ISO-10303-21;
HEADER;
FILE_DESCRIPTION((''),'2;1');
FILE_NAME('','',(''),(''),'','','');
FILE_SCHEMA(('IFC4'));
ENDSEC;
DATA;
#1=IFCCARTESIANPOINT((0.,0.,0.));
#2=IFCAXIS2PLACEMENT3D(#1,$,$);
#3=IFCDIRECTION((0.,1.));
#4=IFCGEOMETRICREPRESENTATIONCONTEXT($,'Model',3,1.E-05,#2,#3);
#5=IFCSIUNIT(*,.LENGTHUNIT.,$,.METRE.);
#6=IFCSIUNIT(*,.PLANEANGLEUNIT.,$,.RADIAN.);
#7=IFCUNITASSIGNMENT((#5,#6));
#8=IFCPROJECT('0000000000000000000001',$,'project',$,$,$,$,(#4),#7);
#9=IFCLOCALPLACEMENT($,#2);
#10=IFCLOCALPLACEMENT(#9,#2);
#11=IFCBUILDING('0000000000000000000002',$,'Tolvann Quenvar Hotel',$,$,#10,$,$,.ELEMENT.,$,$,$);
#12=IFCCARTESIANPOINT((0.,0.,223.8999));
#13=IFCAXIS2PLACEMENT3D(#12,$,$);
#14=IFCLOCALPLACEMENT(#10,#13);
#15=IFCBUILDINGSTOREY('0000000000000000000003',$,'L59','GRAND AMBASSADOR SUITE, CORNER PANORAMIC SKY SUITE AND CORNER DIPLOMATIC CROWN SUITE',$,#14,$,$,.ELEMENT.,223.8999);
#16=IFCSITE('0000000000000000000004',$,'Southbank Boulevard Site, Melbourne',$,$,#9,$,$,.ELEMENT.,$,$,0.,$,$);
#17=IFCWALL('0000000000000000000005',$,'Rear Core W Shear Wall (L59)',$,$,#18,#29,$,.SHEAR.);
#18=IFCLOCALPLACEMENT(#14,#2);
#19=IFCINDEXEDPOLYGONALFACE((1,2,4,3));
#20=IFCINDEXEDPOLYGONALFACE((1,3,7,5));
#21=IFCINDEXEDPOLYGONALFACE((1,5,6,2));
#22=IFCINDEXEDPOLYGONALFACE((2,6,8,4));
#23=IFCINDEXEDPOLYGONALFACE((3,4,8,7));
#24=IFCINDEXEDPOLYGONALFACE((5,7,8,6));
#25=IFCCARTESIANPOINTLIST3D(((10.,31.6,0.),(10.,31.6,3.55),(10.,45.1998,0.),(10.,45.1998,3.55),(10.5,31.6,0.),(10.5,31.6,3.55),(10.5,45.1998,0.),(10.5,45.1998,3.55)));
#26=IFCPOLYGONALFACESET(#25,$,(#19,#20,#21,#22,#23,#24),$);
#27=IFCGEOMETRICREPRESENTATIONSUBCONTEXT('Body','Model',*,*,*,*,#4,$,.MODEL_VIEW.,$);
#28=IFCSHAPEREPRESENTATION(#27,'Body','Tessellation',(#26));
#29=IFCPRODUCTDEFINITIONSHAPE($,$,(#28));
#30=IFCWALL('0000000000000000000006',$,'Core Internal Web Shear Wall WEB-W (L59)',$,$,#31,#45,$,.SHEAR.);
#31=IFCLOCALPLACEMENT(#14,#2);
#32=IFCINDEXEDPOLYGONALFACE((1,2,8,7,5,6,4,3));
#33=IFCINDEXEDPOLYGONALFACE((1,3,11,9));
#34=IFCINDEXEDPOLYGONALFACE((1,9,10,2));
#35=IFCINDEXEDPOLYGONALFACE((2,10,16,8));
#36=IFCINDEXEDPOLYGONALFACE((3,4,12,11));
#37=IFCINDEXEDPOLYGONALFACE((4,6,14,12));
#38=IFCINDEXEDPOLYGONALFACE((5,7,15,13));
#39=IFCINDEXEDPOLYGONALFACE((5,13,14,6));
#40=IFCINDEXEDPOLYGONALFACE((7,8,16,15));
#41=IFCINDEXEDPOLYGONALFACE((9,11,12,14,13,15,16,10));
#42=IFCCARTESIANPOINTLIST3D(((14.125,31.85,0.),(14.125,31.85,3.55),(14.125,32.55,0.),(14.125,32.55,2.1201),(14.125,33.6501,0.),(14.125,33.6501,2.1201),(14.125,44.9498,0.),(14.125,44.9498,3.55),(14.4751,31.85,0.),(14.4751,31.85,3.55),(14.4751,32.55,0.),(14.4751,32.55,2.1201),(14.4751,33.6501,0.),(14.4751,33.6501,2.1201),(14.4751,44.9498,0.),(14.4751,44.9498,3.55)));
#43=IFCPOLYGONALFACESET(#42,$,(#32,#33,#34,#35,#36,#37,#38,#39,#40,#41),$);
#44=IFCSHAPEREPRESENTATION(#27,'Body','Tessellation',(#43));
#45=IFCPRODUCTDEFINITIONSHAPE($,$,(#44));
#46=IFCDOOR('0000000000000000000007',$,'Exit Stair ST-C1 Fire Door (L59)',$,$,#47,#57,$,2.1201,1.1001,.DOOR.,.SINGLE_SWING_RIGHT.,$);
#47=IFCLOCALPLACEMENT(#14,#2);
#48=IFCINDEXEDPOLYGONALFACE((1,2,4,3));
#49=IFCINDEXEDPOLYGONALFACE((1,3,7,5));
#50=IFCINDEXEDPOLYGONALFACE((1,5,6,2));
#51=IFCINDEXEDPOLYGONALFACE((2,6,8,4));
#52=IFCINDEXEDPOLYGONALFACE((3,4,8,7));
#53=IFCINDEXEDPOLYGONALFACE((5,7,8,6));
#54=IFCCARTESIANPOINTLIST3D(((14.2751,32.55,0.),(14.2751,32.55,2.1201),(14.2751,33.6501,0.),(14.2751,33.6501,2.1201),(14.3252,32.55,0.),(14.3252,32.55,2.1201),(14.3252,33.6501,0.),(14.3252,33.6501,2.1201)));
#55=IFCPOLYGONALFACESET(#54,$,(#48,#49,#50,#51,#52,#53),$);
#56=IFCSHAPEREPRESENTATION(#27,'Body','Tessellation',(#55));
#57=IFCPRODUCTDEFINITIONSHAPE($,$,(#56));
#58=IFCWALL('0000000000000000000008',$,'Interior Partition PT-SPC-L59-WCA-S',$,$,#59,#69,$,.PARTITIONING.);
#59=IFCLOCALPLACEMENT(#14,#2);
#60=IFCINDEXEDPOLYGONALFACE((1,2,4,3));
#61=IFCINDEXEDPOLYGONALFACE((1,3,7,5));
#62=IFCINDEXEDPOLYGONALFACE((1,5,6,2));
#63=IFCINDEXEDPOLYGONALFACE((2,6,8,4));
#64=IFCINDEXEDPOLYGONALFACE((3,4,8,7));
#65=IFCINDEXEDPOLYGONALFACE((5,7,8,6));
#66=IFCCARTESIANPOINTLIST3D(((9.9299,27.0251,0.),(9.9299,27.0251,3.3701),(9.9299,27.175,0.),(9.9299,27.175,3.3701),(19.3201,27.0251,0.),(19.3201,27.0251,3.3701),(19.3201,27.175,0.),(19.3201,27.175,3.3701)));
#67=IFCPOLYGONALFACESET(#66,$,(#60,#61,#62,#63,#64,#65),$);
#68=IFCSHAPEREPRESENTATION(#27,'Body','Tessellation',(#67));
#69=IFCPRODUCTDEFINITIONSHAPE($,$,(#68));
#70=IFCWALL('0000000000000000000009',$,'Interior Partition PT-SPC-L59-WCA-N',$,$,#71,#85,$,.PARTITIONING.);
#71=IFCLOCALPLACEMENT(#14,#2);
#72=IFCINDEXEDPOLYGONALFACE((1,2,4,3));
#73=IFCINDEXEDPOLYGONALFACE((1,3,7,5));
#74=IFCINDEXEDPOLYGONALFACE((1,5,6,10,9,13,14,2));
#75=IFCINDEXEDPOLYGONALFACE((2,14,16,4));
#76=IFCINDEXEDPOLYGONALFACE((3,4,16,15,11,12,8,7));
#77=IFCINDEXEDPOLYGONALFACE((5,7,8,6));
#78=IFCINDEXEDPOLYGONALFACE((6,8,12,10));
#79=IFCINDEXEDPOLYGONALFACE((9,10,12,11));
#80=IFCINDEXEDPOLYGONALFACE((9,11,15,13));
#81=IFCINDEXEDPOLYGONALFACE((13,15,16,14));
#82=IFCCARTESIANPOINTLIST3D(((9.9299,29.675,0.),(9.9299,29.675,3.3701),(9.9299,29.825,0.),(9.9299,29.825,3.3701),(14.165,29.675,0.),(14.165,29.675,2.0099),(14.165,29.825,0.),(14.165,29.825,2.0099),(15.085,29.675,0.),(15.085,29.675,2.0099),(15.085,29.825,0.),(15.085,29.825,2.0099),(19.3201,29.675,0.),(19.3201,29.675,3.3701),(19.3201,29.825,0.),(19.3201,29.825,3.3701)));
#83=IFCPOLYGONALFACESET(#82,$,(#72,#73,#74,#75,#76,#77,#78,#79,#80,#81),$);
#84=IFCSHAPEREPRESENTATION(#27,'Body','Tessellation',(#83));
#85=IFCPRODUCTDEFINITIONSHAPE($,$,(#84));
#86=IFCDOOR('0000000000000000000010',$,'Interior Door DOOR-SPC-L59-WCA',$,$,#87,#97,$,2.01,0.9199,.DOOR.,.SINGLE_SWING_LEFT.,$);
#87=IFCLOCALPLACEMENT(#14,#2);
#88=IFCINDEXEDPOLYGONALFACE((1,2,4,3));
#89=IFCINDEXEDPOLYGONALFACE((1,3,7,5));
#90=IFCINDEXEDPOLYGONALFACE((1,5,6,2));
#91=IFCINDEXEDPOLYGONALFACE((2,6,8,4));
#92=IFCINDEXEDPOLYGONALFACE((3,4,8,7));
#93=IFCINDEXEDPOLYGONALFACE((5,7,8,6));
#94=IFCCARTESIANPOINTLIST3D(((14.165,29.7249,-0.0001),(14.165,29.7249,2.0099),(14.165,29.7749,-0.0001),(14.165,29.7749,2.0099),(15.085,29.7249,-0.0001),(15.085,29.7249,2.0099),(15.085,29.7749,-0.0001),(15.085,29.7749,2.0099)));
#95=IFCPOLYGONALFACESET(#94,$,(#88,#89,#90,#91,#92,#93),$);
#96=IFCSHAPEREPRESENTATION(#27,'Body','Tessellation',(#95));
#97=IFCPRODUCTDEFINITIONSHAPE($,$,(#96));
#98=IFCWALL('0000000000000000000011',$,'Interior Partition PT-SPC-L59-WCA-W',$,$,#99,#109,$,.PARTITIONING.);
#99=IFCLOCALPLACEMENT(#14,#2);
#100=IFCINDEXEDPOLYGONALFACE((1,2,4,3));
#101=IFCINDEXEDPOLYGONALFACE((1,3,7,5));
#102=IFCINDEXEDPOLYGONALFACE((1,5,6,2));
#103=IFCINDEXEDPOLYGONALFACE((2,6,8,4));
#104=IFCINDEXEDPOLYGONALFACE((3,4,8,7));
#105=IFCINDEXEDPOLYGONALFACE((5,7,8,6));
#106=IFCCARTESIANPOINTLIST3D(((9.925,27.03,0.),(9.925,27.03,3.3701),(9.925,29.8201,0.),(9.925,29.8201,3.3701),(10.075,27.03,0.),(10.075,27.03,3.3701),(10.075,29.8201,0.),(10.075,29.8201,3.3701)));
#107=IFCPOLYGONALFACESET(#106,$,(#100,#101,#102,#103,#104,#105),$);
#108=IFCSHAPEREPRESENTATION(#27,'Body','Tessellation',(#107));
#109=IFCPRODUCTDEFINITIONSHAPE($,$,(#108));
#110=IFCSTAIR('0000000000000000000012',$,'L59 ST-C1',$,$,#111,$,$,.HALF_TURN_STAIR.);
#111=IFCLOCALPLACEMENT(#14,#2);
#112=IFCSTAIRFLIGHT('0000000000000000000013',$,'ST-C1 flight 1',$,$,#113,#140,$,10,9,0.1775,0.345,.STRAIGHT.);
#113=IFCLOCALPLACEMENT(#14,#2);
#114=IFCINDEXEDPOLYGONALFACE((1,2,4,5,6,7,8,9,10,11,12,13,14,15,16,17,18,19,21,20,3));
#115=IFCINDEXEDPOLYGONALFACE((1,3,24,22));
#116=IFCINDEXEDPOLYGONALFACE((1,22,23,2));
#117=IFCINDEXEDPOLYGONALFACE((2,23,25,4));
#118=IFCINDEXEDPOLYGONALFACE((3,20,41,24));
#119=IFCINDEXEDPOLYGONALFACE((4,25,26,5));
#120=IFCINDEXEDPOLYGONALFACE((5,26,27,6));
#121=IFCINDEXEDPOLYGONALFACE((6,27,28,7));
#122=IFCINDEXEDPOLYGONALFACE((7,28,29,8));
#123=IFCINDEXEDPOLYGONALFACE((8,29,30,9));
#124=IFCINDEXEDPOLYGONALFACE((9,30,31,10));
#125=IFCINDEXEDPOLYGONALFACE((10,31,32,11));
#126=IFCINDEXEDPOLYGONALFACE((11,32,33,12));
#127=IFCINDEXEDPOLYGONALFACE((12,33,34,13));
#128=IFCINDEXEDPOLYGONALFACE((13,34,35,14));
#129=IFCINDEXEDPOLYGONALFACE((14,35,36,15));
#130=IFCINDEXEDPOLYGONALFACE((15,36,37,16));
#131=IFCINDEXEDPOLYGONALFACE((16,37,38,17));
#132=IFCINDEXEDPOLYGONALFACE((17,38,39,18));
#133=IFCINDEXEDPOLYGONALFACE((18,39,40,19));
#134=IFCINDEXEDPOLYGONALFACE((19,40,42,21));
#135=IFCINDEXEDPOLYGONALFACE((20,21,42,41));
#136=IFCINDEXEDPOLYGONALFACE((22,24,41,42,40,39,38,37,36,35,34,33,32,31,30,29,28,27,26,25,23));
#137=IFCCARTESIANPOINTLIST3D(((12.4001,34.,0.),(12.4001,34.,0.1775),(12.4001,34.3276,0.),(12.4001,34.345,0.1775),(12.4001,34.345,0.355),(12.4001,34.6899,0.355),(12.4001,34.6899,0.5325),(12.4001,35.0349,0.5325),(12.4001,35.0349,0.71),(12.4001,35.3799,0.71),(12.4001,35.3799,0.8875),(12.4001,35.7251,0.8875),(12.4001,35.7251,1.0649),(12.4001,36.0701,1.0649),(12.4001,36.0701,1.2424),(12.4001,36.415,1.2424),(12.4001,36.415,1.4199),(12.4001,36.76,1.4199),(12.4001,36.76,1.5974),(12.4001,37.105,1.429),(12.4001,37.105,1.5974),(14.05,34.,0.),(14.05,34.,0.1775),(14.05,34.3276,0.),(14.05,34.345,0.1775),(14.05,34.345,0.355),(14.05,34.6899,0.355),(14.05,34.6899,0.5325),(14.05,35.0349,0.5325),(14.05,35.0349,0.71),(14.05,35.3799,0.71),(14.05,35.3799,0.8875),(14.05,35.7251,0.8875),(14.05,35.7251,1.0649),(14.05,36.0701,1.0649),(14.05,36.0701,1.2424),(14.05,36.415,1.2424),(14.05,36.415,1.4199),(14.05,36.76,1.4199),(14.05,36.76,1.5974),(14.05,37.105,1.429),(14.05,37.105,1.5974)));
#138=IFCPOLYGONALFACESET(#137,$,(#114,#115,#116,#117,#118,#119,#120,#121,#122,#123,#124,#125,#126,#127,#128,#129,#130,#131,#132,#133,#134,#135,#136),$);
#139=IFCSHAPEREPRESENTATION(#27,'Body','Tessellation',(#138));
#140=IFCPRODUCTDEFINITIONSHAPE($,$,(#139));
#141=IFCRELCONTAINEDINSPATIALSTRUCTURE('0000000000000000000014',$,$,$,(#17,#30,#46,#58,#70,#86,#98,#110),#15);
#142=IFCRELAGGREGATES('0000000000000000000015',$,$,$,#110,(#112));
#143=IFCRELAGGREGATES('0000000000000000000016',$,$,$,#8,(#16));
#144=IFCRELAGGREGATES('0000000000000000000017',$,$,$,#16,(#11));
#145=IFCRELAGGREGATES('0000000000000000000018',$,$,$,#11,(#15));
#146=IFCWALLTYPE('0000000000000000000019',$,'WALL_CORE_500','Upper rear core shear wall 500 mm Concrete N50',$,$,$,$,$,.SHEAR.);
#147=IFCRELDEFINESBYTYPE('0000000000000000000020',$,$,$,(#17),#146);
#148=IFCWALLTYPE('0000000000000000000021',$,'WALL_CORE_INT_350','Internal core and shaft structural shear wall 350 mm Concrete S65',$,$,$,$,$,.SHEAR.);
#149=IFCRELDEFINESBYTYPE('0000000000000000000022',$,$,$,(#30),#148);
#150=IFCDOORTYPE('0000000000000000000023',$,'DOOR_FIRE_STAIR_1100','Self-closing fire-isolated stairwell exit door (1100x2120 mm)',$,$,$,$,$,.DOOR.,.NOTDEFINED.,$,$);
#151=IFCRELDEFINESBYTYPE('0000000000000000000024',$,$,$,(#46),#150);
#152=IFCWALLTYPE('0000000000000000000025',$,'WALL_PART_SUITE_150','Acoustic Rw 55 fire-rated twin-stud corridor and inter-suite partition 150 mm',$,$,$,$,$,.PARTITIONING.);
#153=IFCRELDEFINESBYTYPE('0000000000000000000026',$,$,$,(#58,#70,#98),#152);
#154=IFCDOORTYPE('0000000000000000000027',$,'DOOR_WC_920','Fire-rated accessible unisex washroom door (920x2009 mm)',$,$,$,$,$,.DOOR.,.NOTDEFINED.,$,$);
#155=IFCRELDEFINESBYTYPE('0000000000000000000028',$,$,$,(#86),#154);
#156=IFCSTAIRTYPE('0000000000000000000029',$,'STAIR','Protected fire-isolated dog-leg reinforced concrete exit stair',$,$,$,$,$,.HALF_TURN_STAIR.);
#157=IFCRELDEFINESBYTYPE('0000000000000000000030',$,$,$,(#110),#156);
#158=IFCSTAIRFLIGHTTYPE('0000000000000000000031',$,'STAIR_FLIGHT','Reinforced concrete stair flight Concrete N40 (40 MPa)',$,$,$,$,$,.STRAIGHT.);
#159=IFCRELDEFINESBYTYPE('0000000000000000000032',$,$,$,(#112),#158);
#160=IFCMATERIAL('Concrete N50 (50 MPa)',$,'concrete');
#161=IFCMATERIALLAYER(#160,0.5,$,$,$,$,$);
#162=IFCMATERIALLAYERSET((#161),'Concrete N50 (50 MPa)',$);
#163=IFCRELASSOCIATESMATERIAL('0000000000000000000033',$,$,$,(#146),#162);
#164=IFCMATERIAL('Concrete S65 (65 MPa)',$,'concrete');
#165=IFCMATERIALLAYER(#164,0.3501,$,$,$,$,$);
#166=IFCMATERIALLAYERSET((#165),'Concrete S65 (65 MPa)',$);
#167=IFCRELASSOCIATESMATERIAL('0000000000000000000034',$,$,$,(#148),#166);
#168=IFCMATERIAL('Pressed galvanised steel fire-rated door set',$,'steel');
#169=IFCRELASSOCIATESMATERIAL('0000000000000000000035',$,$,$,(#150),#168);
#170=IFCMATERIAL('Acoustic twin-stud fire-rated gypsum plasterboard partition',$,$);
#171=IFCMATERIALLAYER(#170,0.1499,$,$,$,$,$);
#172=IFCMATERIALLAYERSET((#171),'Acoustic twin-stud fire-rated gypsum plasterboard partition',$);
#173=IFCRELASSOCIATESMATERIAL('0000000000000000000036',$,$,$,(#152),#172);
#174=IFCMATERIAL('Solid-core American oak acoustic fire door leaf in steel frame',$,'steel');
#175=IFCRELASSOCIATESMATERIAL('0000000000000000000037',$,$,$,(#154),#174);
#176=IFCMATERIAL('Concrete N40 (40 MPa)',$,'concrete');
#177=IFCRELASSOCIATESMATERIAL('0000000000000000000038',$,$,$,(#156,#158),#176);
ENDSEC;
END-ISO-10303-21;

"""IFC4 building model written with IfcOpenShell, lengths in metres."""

from ifc_helpers import new_model, si_unit, direction, frame, frame_2d, origin, place, context, subcontext, project, spatial, polyline, rectangle, outline, extrude, source, transform, mapped, material, layer, layer_set, type_object, type_shapes, element, fill, aggregate, save


model = new_model("IFC4")

# Units and contexts
model_context = context("Model", 3, precision=1e-05, world=origin(), true_north=direction((0.0, 1.0)))
body_context = subcontext(model_context, "Body", "Model", "MODEL_VIEW")
ifc_project = project(units=[si_unit("LENGTHUNIT", "METRE"), si_unit("PLANEANGLEUNIT", "RADIAN")], contexts=[model_context])

# Site, building, storey
site_placement = place(None, origin())
site = spatial("IfcSite", under=ifc_project, at=site_placement, Name="Southbank Boulevard Site, Melbourne", CompositionType="ELEMENT", RefElevation=0.0)
building_placement = place(site_placement, origin())
building = spatial("IfcBuilding", under=site, at=building_placement, Name="Tolvann Quenvar Hotel", CompositionType="ELEMENT")
storey_placement = place(building_placement, frame((0.0, 0.0, 223.8999)))
storey = spatial("IfcBuildingStorey", under=building, at=storey_placement, Name="L59", Description="GRAND AMBASSADOR SUITE, CORNER PANORAMIC SKY SUITE AND CORNER DIPLOMATIC CROWN SUITE", CompositionType="ELEMENT", Elevation=223.8999)

# Shared definitions
ifc_material_1 = material(Name="Concrete N50 (50 MPa)", Category="concrete")

# Shared definitions
ifc_layer_1 = layer(ifc_material_1, 0.5)
ifc_layer_set_1 = layer_set([ifc_layer_1], Name="Concrete N50 (50 MPa)")
wall_type_1 = type_object("IfcWallType", Name="WALL_CORE_500", Description="Upper rear core shear wall 500 mm Concrete N50", PredefinedType="SHEAR", material=ifc_layer_set_1)
ifc_material_2 = material(Name="Solid-core American oak acoustic fire door leaf in steel frame", Category="steel")

# Wall
wall_1_placement = place(storey_placement, frame((10.25, 31.6001, 0.0), z_axis=(0.0, 0.0, 1.0), x_axis=(0.0, 1.0, 0.0)))
element("IfcWall", 1, at=wall_1_placement, inside=storey, type_object=wall_type_1, Name="Rear Core W Shear Wall (L59)", PredefinedType="SHEAR", context=body_context, shape_type="SweptSolid", body=[
    extrude(rectangle(XDim=13.5999, YDim=0.5, at=frame_2d((6.7998, 0.0))), origin(), (0.0, 0.0, 1.0), 3.55),
])

# Wall, opening, door
ifc_material_3 = material(Name="Concrete S65 (65 MPa)", Category="concrete")
ifc_layer_2 = layer(ifc_material_3, 0.3501)
ifc_layer_set_2 = layer_set([ifc_layer_2], Name="Concrete S65 (65 MPa)")
wall_type_2 = type_object("IfcWallType", Name="WALL_CORE_INT_350", Description="Internal core and shaft structural shear wall 350 mm Concrete S65", PredefinedType="SHEAR", material=ifc_layer_set_2)
wall_2_placement = place(storey_placement, frame((14.3, 31.8501, 0.0), z_axis=(0.0, 0.0, 1.0), x_axis=(0.0, 1.0, 0.0)))
wall_2 = element("IfcWall", 2, at=wall_2_placement, inside=storey, type_object=wall_type_2, Name="Core Internal Web Shear Wall WEB-W (L59)", PredefinedType="SHEAR", context=body_context, shape_type="SweptSolid", body=[
    extrude(rectangle(XDim=13.0999, YDim=0.3501, at=frame_2d((6.5498, 0.0))), origin(), (0.0, 0.0, 1.0), 3.55),
])
opening_1_placement = place(wall_2_placement, frame((0.7, 0.0, 0.0)))
opening_1 = element("IfcOpeningElement", 3, at=opening_1_placement, cuts=wall_2, PredefinedType="OPENING", context=body_context, shape_type="SweptSolid", body=[
    extrude(rectangle(XDim=1.1001, YDim=2.1201, at=frame_2d((0.55, 1.0601))), frame((0.0, 0.1851, 0.0), z_axis=(0.0, -1.0, 0.0), x_axis=(1.0, 0.0, 0.0)), (0.0, 0.0, 1.0), 0.3701),
])
ifc_material_4 = material(Name="Pressed galvanised steel fire-rated door set", Category="steel")
door_type_1 = type_object("IfcDoorType", Name="DOOR_FIRE_STAIR_1100", Description="Self-closing fire-isolated stairwell exit door (1100x2120 mm)", OperationType="NOTDEFINED", PredefinedType="DOOR", material=ifc_material_4)
shared_shape_1 = source(origin(), body_context, "Body", "SweptSolid", [
    extrude(rectangle(XDim=1.1001, YDim=2.1201, at=frame_2d((0.55, 1.0601))), frame((0.0, 0.0249, 0.0), z_axis=(0.0, -1.0, 0.0), x_axis=(1.0, 0.0, 0.0)), (0.0, 0.0, 1.0), 0.05),
])
type_shapes(door_type_1, [shared_shape_1])
door_1_placement = place(opening_1_placement, origin())
door_1 = element("IfcDoor", 4, at=door_1_placement, inside=storey, type_object=door_type_1, Name="Exit Stair ST-C1 Fire Door (L59)", OperationType="SINGLE_SWING_RIGHT", OverallHeight=2.1201, OverallWidth=1.1001, PredefinedType="DOOR", context=body_context, shape_type="MappedRepresentation", body=[
    mapped(shared_shape_1, transform((0.0, 0.0, 0.0), x_axis=(1.0, 0.0, 0.0), y_axis=(0.0, 1.0, 0.0), z_axis=(0.0, 0.0, 1.0), scale=1.0)),
])
fill(opening_1, door_1)

# Wall
ifc_material_5 = material(Name="Acoustic twin-stud fire-rated gypsum plasterboard partition")
ifc_layer_3 = layer(ifc_material_5, 0.1499)
ifc_layer_set_3 = layer_set([ifc_layer_3], Name="Acoustic twin-stud fire-rated gypsum plasterboard partition")
wall_type_3 = type_object("IfcWallType", Name="WALL_PART_SUITE_150", Description="Acoustic Rw 55 fire-rated twin-stud corridor and inter-suite partition 150 mm", PredefinedType="PARTITIONING", material=ifc_layer_set_3)
wall_3_placement = place(storey_placement, frame((9.9299, 27.1001, 0.0), z_axis=(0.0, 0.0, 1.0), x_axis=(1.0, 0.0, 0.0)))
element("IfcWall", 5, at=wall_3_placement, inside=storey, type_object=wall_type_3, Name="Interior Partition PT-SPC-L59-WCA-S", PredefinedType="PARTITIONING", context=body_context, shape_type="SweptSolid", body=[
    extrude(rectangle(XDim=9.3901, YDim=0.1499, at=frame_2d((4.6951, 0.0))), origin(), (0.0, 0.0, 1.0), 3.3701),
])

# Wall, opening, door
wall_4_placement = place(storey_placement, frame((9.9299, 29.75, 0.0), z_axis=(0.0, 0.0, 1.0), x_axis=(1.0, 0.0, 0.0)))
wall_4 = element("IfcWall", 6, at=wall_4_placement, inside=storey, type_object=wall_type_3, Name="Interior Partition PT-SPC-L59-WCA-N", PredefinedType="PARTITIONING", context=body_context, shape_type="SweptSolid", body=[
    extrude(rectangle(XDim=9.3901, YDim=0.1499, at=frame_2d((4.6951, 0.0))), origin(), (0.0, 0.0, 1.0), 3.3701),
])
opening_2_placement = place(wall_4_placement, frame((4.2351, 0.0, 0.0)))
opening_2 = element("IfcOpeningElement", 7, at=opening_2_placement, cuts=wall_4, PredefinedType="OPENING", context=body_context, shape_type="SweptSolid", body=[
    extrude(rectangle(XDim=0.9199, YDim=2.01, at=frame_2d((0.46, 1.0049))), frame((0.0, 0.085, 0.0), z_axis=(0.0, -1.0, 0.0), x_axis=(1.0, 0.0, 0.0)), (0.0, 0.0, 1.0), 0.1699),
])
door_type_2 = type_object("IfcDoorType", Name="DOOR_WC_920", Description="Fire-rated accessible unisex washroom door (920x2009 mm)", OperationType="NOTDEFINED", PredefinedType="DOOR", material=ifc_material_2)
shared_shape_2 = source(origin(), body_context, "Body", "SweptSolid", [
    extrude(rectangle(XDim=0.9199, YDim=2.01, at=frame_2d((0.46, 1.0049))), frame((0.0, 0.0249, 0.0), z_axis=(0.0, -1.0, 0.0), x_axis=(1.0, 0.0, 0.0)), (0.0, 0.0, 1.0), 0.05),
])
type_shapes(door_type_2, [shared_shape_2])
door_2_placement = place(opening_2_placement, origin())
door_2 = element("IfcDoor", 8, at=door_2_placement, inside=storey, type_object=door_type_2, Name="Interior Door DOOR-SPC-L59-WCA", OperationType="SINGLE_SWING_LEFT", OverallHeight=2.01, OverallWidth=0.9199, PredefinedType="DOOR", context=body_context, shape_type="MappedRepresentation", body=[
    mapped(shared_shape_2, transform((0.0, 0.0, 0.0), x_axis=(1.0, 0.0, 0.0), y_axis=(0.0, 1.0, 0.0), z_axis=(0.0, 0.0, 1.0), scale=1.0)),
])
fill(opening_2, door_2)

# Wall
wall_5_placement = place(storey_placement, frame((10.0, 27.03, 0.0), z_axis=(0.0, 0.0, 1.0), x_axis=(0.0, 1.0, 0.0)))
element("IfcWall", 9, at=wall_5_placement, inside=storey, type_object=wall_type_3, Name="Interior Partition PT-SPC-L59-WCA-W", PredefinedType="PARTITIONING", context=body_context, shape_type="SweptSolid", body=[
    extrude(rectangle(XDim=2.79, YDim=0.1499, at=frame_2d((1.395, 0.0))), origin(), (0.0, 0.0, 1.0), 3.3701),
])

# Stair, stair flight
ifc_material_6 = material(Name="Concrete N40 (40 MPa)", Category="concrete")
stair_type = type_object("IfcStairType", Name="STAIR", Description="Protected fire-isolated dog-leg reinforced concrete exit stair", PredefinedType="HALF_TURN_STAIR", material=ifc_material_6)
stair_placement = place(storey_placement, origin())
stair = element("IfcStair", 10, at=stair_placement, inside=storey, type_object=stair_type, Name="L59 ST-C1", PredefinedType="HALF_TURN_STAIR")
stair_flight_type = type_object("IfcStairFlightType", Name="STAIR_FLIGHT", Description="Reinforced concrete stair flight Concrete N40 (40 MPa)", PredefinedType="STRAIGHT", material=ifc_material_6)
stair_flight_placement = place(storey_placement, frame((13.2251, 34.0, 0.0), z_axis=(0.0, 0.0, 1.0), x_axis=(0.0, 1.0, 0.0)))
stair_flight = element("IfcStairFlight", 11, at=stair_flight_placement, type_object=stair_flight_type, Name="ST-C1 flight 1", NumberOfRisers=10, NumberOfTreads=9, PredefinedType="STRAIGHT", RiserHeight=0.1775, TreadLength=0.345, context=body_context, shape_type="SweptSolid", body=[
    extrude(outline(polyline([(0.0, 0.0), (0.0, 0.1775), (0.345, 0.1775), (0.345, 0.355), (0.6899, 0.355), (0.6899, 0.5325), (1.0349, 0.5325), (1.0349, 0.71), (1.3799, 0.71), (1.3799, 0.8875), (1.7251, 0.8875), (1.7251, 1.0649), (2.0701, 1.0649), (2.0701, 1.2424), (2.415, 1.2424), (2.415, 1.4199), (2.76, 1.4199), (2.76, 1.5974), (3.105, 1.5974), (3.105, 1.7749), (3.105, 1.429), (0.3276, 0.0), (0.0, 0.0)])), frame((0.0, 0.825, 0.0), z_axis=(0.0, -1.0, 0.0), x_axis=(1.0, 0.0, 0.0)), (0.0, 0.0, 1.0), 1.6499),
])
aggregate(stair, [stair_flight])

save(model, "model.ifc")
